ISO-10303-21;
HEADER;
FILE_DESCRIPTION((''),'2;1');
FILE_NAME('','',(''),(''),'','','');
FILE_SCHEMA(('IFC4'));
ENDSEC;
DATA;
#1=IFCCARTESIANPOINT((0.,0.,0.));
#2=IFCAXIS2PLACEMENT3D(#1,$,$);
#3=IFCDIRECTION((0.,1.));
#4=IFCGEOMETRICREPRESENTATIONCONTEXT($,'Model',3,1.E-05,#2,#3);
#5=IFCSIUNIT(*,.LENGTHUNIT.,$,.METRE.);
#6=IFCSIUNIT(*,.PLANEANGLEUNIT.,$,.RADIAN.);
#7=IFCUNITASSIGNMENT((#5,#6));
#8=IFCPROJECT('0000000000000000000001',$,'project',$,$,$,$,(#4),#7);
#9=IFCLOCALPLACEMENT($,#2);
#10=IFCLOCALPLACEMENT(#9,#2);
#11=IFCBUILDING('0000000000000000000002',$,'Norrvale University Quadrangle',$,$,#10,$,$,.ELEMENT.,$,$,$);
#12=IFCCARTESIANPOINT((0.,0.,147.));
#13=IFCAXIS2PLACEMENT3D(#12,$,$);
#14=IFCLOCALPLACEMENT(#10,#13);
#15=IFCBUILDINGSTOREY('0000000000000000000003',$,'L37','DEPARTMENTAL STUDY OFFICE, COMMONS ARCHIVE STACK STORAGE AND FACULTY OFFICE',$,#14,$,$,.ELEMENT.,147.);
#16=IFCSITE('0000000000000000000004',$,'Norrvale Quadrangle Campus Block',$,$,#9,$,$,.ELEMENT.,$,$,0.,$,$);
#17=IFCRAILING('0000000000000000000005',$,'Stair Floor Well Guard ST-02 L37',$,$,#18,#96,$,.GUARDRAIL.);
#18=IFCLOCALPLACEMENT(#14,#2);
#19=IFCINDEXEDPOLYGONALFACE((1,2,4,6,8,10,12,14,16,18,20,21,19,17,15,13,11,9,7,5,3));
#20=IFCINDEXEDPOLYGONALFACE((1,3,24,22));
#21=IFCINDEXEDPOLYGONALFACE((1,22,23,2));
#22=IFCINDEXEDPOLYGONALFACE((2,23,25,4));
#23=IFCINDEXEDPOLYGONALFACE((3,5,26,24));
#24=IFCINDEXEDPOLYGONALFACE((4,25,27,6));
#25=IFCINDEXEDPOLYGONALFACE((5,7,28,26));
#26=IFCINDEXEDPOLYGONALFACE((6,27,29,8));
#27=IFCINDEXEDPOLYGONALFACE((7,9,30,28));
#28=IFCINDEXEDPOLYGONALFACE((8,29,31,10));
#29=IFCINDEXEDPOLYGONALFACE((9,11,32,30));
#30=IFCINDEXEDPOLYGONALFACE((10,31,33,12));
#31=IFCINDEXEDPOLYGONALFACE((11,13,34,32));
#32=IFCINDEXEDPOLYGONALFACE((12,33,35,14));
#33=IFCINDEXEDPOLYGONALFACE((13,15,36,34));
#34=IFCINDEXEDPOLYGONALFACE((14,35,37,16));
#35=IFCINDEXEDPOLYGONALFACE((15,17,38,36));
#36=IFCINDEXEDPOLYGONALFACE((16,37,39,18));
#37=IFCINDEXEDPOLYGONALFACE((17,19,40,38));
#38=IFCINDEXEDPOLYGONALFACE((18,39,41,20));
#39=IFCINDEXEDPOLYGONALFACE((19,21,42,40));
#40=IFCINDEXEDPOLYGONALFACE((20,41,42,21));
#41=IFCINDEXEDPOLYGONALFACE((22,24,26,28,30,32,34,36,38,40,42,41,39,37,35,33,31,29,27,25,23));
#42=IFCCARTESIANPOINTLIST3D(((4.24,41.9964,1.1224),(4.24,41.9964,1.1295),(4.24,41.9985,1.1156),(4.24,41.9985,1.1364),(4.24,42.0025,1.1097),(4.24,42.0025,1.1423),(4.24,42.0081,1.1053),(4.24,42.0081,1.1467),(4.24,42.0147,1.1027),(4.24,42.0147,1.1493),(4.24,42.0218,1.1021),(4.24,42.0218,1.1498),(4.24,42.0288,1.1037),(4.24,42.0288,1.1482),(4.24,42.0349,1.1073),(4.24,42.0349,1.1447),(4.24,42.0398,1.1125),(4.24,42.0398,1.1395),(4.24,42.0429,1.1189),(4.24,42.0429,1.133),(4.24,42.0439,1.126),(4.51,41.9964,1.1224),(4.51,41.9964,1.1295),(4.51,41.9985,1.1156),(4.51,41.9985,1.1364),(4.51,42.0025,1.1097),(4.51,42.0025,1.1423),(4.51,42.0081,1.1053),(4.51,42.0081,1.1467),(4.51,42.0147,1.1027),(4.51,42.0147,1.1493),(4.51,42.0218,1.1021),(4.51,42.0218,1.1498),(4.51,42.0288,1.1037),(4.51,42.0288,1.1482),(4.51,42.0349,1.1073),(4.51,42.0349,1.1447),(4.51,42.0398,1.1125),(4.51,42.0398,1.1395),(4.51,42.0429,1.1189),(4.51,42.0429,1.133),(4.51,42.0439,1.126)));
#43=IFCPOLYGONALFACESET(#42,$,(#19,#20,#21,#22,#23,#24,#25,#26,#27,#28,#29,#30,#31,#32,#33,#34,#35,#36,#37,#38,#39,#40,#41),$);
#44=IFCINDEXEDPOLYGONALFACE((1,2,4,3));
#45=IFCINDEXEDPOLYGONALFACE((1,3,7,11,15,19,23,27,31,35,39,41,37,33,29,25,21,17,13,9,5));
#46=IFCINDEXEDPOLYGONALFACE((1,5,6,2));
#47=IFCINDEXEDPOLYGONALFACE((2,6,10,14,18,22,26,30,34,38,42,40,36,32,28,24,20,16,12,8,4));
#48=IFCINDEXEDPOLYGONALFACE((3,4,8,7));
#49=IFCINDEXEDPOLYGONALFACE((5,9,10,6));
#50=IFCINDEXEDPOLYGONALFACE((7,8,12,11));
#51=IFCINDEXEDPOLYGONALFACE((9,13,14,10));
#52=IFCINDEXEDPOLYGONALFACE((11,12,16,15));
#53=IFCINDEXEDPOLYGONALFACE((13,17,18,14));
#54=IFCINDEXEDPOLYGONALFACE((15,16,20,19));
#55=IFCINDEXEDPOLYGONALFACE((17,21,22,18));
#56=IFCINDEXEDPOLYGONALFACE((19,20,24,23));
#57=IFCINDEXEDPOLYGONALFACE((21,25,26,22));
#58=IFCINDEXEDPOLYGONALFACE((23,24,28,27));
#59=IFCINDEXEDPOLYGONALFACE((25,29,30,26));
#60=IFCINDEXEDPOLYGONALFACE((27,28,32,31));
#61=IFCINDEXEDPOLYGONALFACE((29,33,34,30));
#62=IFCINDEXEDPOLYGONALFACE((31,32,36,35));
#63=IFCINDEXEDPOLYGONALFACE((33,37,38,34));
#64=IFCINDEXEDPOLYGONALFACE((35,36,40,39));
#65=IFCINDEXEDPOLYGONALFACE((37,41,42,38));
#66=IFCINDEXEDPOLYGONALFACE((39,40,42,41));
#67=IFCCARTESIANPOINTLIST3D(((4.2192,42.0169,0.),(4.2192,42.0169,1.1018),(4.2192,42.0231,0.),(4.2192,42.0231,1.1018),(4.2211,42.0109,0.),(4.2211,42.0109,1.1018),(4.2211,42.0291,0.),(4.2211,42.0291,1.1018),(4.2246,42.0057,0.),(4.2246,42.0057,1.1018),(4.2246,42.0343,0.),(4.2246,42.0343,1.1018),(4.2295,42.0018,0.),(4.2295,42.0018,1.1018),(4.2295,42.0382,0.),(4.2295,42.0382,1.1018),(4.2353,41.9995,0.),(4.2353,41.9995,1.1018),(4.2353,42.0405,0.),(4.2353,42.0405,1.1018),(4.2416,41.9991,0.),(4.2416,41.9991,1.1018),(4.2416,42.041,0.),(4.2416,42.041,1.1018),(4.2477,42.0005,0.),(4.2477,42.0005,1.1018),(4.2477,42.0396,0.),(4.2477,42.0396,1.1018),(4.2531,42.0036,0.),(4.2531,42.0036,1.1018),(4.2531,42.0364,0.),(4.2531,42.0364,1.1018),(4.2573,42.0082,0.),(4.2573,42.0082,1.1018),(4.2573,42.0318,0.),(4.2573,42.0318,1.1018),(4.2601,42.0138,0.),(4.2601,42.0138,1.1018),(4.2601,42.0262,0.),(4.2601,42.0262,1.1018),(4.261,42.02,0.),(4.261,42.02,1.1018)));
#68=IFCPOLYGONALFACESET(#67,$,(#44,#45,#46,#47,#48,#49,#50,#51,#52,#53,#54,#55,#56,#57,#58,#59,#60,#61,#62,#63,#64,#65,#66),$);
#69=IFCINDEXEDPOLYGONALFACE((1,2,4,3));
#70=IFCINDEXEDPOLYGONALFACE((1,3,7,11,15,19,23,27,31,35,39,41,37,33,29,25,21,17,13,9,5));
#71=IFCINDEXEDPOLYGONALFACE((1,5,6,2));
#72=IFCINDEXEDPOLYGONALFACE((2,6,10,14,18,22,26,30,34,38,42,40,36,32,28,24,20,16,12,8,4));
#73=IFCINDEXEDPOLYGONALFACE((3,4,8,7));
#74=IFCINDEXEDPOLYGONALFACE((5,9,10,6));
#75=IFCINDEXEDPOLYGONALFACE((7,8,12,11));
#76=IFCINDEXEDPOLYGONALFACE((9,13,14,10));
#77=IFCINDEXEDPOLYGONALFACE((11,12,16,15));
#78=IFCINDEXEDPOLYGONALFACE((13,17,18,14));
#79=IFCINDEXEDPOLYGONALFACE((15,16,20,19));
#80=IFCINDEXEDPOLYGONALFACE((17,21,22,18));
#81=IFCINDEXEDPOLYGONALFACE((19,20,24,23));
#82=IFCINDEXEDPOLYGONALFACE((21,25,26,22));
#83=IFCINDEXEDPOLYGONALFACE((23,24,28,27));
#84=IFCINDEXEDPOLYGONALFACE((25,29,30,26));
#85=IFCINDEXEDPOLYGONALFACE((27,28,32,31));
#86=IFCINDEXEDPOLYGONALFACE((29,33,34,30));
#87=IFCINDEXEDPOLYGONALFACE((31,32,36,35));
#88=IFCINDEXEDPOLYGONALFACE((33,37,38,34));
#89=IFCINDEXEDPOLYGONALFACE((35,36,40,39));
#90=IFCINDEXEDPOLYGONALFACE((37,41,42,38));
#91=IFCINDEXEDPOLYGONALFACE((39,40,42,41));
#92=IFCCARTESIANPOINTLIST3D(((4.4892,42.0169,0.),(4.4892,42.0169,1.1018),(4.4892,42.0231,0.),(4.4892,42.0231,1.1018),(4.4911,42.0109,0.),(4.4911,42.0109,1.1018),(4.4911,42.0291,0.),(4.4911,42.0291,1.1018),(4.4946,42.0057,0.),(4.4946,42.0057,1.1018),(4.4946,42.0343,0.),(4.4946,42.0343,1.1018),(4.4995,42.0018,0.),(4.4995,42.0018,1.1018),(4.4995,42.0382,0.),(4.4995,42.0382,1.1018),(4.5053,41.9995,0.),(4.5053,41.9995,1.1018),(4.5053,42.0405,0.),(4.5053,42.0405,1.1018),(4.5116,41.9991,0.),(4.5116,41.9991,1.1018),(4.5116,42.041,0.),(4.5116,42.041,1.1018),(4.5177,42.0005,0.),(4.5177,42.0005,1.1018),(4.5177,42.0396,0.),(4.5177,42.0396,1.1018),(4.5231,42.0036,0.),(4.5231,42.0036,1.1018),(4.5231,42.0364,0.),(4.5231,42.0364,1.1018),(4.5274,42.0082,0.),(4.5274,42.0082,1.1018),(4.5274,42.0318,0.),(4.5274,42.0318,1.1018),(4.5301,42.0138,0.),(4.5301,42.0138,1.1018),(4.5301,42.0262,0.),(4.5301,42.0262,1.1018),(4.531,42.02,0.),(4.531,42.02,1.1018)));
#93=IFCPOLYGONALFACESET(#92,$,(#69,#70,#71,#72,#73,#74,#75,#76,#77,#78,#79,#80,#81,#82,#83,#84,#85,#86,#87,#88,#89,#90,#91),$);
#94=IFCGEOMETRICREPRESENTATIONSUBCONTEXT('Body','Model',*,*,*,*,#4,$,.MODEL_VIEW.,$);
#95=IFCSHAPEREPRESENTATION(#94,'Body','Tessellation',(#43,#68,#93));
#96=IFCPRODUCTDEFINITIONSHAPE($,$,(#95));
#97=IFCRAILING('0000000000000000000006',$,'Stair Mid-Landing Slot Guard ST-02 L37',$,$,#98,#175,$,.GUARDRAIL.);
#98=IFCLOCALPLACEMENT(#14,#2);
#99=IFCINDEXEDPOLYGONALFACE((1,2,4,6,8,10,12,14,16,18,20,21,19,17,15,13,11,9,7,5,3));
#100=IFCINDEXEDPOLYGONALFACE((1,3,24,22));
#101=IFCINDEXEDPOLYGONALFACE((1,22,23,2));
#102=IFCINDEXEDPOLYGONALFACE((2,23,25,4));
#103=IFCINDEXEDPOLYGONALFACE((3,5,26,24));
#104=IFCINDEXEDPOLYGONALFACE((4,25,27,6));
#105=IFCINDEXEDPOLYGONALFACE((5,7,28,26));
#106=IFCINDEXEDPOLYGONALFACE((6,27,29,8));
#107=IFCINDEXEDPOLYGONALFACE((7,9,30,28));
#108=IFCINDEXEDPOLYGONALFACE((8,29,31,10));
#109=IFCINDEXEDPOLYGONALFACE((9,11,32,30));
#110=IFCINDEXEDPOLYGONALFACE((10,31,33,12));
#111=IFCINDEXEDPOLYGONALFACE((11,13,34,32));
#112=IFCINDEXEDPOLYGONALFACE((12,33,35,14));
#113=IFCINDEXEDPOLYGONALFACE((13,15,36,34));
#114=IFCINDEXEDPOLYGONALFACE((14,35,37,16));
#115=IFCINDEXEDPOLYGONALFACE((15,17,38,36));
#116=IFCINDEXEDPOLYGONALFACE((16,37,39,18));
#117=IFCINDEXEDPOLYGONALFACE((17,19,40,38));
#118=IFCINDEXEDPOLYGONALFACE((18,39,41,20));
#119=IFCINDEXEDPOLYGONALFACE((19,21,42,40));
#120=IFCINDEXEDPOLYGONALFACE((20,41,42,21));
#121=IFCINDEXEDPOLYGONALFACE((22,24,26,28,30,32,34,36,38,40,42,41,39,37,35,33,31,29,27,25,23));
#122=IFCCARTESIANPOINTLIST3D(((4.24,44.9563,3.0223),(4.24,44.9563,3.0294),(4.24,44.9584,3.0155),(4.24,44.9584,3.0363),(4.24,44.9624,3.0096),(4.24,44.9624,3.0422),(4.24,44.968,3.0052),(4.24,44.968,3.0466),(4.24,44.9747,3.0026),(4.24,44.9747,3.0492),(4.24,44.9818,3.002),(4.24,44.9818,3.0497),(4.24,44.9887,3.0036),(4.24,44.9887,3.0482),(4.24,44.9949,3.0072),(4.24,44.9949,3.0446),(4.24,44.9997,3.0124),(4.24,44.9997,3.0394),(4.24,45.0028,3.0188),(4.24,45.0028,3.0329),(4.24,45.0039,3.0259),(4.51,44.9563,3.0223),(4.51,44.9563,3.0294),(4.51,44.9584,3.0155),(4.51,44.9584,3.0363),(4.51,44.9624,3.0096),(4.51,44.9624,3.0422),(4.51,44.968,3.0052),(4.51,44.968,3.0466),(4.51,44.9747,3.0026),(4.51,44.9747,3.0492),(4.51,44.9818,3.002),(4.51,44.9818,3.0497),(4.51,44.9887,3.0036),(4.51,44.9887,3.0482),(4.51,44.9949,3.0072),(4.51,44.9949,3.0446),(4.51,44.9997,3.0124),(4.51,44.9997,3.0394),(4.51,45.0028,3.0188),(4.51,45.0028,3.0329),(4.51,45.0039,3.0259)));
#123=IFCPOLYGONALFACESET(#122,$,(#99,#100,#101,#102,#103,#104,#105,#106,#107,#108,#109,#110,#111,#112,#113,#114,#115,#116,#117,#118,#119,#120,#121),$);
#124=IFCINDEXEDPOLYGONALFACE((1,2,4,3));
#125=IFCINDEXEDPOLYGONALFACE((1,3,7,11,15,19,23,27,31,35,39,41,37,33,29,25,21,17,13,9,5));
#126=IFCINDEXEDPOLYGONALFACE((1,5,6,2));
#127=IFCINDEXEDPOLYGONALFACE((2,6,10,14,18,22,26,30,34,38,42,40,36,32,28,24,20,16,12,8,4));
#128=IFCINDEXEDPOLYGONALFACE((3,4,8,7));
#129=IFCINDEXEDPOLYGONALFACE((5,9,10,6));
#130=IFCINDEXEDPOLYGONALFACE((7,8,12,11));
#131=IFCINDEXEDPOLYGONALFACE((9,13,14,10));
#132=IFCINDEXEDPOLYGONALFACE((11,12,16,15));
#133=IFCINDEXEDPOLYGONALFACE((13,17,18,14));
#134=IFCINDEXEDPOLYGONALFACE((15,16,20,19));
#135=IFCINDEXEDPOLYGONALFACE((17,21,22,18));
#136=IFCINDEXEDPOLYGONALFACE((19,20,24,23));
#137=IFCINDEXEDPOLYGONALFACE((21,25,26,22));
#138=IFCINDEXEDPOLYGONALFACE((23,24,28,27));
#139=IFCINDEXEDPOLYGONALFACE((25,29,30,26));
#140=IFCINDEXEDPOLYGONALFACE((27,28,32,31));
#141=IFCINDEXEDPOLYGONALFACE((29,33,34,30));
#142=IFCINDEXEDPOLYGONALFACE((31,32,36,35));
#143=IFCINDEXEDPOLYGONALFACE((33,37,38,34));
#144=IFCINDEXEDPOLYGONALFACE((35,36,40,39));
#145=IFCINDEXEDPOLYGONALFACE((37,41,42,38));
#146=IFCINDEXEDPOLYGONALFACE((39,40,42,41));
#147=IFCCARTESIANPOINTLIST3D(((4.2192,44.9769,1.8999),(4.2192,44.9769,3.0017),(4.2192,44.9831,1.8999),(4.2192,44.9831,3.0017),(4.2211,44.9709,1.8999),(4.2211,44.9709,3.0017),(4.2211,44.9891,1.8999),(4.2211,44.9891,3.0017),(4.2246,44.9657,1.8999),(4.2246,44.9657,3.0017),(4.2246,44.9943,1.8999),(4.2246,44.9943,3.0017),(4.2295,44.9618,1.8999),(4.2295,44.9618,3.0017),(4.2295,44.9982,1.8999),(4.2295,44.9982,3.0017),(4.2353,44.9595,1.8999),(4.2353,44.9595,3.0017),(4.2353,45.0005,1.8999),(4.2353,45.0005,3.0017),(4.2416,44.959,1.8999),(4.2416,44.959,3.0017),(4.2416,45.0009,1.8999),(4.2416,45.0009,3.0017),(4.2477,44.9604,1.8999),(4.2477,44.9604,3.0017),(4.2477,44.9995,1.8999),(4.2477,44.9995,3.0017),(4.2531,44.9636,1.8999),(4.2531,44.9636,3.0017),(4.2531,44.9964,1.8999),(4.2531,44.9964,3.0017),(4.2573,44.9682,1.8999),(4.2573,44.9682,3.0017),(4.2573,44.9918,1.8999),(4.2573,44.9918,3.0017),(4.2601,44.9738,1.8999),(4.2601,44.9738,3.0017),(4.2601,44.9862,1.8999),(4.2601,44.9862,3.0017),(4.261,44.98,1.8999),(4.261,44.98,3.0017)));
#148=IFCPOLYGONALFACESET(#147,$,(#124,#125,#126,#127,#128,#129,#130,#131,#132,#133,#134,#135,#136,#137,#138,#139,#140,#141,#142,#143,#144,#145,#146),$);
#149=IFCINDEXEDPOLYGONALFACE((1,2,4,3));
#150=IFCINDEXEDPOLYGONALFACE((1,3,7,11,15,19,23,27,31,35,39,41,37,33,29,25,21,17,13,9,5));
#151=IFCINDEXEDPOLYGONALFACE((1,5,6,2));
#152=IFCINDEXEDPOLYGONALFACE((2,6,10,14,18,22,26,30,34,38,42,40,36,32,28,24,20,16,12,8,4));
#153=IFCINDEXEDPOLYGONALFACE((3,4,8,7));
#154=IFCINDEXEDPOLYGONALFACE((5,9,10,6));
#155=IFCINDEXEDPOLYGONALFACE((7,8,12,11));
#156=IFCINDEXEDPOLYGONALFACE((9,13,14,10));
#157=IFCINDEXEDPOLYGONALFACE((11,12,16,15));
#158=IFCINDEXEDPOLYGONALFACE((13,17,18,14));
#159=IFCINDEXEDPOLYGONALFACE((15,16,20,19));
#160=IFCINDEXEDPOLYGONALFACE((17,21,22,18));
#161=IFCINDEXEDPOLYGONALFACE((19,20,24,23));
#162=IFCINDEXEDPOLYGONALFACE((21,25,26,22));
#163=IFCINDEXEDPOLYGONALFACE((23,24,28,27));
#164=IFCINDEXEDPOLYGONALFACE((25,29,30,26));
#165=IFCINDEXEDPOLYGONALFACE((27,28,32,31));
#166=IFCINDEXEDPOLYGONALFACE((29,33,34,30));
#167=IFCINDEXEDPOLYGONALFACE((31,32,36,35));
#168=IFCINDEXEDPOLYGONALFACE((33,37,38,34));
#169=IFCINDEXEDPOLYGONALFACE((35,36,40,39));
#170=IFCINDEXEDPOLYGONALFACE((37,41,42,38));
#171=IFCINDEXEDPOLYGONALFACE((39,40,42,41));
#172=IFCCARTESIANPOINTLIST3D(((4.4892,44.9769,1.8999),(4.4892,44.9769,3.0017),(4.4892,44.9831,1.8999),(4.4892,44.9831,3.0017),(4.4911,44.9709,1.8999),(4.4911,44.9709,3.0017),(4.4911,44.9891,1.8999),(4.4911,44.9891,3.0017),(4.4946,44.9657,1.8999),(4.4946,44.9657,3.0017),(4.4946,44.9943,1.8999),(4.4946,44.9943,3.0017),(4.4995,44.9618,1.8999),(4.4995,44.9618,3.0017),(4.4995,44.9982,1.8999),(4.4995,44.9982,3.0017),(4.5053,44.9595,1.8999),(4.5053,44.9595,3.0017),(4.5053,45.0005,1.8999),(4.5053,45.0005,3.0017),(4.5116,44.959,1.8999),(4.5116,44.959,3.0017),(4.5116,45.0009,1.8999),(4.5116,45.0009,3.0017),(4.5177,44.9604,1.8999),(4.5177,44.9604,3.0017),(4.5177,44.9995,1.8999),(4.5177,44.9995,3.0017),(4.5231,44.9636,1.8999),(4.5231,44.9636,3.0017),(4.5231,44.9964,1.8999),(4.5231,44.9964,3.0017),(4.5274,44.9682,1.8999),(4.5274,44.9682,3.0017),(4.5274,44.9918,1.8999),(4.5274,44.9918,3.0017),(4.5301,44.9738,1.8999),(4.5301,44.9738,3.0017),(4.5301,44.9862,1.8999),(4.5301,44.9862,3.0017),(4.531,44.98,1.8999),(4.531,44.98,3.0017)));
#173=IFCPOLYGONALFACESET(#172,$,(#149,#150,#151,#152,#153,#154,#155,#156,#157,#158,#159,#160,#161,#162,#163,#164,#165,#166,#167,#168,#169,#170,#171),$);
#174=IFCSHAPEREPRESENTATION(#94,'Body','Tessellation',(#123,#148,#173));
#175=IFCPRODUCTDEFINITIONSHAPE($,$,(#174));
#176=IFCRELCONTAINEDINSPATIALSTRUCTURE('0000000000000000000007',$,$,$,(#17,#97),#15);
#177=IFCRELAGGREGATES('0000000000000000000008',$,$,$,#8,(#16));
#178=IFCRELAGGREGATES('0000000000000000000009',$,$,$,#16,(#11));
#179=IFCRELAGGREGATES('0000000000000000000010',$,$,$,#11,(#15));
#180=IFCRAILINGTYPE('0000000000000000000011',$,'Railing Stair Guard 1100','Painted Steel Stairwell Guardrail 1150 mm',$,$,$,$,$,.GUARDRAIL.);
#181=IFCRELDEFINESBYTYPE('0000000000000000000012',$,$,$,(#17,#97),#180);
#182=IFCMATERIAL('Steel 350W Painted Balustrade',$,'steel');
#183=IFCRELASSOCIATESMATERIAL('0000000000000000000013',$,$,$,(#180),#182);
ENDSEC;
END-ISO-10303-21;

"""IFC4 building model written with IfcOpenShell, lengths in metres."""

from ifc_helpers import new_model, si_unit, direction, frame, origin, origin_2d, place, context, subcontext, project, spatial, circle, extrude, material, type_object, element, save


model = new_model("IFC4")

# Units and contexts
model_context = context("Model", 3, precision=1e-05, world=origin(), true_north=direction((0.0, 1.0)))
body_context = subcontext(model_context, "Body", "Model", "MODEL_VIEW")
ifc_project = project(units=[si_unit("LENGTHUNIT", "METRE"), si_unit("PLANEANGLEUNIT", "RADIAN")], contexts=[model_context])

# Site, building, storey
site_placement = place(None, origin())
site = spatial("IfcSite", under=ifc_project, at=site_placement, Name="Norrvale Quadrangle Campus Block", CompositionType="ELEMENT", RefElevation=0.0)
building_placement = place(site_placement, origin())
building = spatial("IfcBuilding", under=site, at=building_placement, Name="Norrvale University Quadrangle", CompositionType="ELEMENT")
storey_placement = place(building_placement, frame((0.0, 0.0, 147.0)))
storey = spatial("IfcBuildingStorey", under=building, at=storey_placement, Name="L37", Description="DEPARTMENTAL STUDY OFFICE, COMMONS ARCHIVE STACK STORAGE AND FACULTY OFFICE", CompositionType="ELEMENT", Elevation=147.0)

# Railings
ifc_material_1 = material(Name="Steel 350W Painted Balustrade", Category="steel")
railing_type_1 = type_object("IfcRailingType", Name="Railing Stair Guard 1100", Description="Painted Steel Stairwell Guardrail 1150 mm", PredefinedType="GUARDRAIL", material=ifc_material_1)
for number, where, name in (
    (1, (4.24, 42.02, 0.0), "Stair Floor Well Guard ST-02 L37"),
    (2, (4.24, 44.98, 1.8999), "Stair Mid-Landing Slot Guard ST-02 L37"),
):
    element("IfcRailing", number, at=place(storey_placement, frame(where)), inside=storey, type_object=railing_type_1, Name=name, PredefinedType="GUARDRAIL", context=body_context, shape_type="SweptSolid", body=[
        extrude(circle(Radius=0.0239, at=origin_2d()), frame((0.0, 0.0, 1.126), z_axis=(1.0, 0.0, 0.0), x_axis=(0.0, 1.0, 0.0)), (0.0, 0.0, 1.0), 0.27),
        extrude(circle(Radius=0.021, at=origin_2d()), origin(), (0.0, 0.0, 1.0), 1.1018),
        extrude(circle(Radius=0.021, at=origin_2d()), frame((0.27, 0.0, 0.0)), (0.0, 0.0, 1.0), 1.1018),
    ])

save(model, "model.ifc")
